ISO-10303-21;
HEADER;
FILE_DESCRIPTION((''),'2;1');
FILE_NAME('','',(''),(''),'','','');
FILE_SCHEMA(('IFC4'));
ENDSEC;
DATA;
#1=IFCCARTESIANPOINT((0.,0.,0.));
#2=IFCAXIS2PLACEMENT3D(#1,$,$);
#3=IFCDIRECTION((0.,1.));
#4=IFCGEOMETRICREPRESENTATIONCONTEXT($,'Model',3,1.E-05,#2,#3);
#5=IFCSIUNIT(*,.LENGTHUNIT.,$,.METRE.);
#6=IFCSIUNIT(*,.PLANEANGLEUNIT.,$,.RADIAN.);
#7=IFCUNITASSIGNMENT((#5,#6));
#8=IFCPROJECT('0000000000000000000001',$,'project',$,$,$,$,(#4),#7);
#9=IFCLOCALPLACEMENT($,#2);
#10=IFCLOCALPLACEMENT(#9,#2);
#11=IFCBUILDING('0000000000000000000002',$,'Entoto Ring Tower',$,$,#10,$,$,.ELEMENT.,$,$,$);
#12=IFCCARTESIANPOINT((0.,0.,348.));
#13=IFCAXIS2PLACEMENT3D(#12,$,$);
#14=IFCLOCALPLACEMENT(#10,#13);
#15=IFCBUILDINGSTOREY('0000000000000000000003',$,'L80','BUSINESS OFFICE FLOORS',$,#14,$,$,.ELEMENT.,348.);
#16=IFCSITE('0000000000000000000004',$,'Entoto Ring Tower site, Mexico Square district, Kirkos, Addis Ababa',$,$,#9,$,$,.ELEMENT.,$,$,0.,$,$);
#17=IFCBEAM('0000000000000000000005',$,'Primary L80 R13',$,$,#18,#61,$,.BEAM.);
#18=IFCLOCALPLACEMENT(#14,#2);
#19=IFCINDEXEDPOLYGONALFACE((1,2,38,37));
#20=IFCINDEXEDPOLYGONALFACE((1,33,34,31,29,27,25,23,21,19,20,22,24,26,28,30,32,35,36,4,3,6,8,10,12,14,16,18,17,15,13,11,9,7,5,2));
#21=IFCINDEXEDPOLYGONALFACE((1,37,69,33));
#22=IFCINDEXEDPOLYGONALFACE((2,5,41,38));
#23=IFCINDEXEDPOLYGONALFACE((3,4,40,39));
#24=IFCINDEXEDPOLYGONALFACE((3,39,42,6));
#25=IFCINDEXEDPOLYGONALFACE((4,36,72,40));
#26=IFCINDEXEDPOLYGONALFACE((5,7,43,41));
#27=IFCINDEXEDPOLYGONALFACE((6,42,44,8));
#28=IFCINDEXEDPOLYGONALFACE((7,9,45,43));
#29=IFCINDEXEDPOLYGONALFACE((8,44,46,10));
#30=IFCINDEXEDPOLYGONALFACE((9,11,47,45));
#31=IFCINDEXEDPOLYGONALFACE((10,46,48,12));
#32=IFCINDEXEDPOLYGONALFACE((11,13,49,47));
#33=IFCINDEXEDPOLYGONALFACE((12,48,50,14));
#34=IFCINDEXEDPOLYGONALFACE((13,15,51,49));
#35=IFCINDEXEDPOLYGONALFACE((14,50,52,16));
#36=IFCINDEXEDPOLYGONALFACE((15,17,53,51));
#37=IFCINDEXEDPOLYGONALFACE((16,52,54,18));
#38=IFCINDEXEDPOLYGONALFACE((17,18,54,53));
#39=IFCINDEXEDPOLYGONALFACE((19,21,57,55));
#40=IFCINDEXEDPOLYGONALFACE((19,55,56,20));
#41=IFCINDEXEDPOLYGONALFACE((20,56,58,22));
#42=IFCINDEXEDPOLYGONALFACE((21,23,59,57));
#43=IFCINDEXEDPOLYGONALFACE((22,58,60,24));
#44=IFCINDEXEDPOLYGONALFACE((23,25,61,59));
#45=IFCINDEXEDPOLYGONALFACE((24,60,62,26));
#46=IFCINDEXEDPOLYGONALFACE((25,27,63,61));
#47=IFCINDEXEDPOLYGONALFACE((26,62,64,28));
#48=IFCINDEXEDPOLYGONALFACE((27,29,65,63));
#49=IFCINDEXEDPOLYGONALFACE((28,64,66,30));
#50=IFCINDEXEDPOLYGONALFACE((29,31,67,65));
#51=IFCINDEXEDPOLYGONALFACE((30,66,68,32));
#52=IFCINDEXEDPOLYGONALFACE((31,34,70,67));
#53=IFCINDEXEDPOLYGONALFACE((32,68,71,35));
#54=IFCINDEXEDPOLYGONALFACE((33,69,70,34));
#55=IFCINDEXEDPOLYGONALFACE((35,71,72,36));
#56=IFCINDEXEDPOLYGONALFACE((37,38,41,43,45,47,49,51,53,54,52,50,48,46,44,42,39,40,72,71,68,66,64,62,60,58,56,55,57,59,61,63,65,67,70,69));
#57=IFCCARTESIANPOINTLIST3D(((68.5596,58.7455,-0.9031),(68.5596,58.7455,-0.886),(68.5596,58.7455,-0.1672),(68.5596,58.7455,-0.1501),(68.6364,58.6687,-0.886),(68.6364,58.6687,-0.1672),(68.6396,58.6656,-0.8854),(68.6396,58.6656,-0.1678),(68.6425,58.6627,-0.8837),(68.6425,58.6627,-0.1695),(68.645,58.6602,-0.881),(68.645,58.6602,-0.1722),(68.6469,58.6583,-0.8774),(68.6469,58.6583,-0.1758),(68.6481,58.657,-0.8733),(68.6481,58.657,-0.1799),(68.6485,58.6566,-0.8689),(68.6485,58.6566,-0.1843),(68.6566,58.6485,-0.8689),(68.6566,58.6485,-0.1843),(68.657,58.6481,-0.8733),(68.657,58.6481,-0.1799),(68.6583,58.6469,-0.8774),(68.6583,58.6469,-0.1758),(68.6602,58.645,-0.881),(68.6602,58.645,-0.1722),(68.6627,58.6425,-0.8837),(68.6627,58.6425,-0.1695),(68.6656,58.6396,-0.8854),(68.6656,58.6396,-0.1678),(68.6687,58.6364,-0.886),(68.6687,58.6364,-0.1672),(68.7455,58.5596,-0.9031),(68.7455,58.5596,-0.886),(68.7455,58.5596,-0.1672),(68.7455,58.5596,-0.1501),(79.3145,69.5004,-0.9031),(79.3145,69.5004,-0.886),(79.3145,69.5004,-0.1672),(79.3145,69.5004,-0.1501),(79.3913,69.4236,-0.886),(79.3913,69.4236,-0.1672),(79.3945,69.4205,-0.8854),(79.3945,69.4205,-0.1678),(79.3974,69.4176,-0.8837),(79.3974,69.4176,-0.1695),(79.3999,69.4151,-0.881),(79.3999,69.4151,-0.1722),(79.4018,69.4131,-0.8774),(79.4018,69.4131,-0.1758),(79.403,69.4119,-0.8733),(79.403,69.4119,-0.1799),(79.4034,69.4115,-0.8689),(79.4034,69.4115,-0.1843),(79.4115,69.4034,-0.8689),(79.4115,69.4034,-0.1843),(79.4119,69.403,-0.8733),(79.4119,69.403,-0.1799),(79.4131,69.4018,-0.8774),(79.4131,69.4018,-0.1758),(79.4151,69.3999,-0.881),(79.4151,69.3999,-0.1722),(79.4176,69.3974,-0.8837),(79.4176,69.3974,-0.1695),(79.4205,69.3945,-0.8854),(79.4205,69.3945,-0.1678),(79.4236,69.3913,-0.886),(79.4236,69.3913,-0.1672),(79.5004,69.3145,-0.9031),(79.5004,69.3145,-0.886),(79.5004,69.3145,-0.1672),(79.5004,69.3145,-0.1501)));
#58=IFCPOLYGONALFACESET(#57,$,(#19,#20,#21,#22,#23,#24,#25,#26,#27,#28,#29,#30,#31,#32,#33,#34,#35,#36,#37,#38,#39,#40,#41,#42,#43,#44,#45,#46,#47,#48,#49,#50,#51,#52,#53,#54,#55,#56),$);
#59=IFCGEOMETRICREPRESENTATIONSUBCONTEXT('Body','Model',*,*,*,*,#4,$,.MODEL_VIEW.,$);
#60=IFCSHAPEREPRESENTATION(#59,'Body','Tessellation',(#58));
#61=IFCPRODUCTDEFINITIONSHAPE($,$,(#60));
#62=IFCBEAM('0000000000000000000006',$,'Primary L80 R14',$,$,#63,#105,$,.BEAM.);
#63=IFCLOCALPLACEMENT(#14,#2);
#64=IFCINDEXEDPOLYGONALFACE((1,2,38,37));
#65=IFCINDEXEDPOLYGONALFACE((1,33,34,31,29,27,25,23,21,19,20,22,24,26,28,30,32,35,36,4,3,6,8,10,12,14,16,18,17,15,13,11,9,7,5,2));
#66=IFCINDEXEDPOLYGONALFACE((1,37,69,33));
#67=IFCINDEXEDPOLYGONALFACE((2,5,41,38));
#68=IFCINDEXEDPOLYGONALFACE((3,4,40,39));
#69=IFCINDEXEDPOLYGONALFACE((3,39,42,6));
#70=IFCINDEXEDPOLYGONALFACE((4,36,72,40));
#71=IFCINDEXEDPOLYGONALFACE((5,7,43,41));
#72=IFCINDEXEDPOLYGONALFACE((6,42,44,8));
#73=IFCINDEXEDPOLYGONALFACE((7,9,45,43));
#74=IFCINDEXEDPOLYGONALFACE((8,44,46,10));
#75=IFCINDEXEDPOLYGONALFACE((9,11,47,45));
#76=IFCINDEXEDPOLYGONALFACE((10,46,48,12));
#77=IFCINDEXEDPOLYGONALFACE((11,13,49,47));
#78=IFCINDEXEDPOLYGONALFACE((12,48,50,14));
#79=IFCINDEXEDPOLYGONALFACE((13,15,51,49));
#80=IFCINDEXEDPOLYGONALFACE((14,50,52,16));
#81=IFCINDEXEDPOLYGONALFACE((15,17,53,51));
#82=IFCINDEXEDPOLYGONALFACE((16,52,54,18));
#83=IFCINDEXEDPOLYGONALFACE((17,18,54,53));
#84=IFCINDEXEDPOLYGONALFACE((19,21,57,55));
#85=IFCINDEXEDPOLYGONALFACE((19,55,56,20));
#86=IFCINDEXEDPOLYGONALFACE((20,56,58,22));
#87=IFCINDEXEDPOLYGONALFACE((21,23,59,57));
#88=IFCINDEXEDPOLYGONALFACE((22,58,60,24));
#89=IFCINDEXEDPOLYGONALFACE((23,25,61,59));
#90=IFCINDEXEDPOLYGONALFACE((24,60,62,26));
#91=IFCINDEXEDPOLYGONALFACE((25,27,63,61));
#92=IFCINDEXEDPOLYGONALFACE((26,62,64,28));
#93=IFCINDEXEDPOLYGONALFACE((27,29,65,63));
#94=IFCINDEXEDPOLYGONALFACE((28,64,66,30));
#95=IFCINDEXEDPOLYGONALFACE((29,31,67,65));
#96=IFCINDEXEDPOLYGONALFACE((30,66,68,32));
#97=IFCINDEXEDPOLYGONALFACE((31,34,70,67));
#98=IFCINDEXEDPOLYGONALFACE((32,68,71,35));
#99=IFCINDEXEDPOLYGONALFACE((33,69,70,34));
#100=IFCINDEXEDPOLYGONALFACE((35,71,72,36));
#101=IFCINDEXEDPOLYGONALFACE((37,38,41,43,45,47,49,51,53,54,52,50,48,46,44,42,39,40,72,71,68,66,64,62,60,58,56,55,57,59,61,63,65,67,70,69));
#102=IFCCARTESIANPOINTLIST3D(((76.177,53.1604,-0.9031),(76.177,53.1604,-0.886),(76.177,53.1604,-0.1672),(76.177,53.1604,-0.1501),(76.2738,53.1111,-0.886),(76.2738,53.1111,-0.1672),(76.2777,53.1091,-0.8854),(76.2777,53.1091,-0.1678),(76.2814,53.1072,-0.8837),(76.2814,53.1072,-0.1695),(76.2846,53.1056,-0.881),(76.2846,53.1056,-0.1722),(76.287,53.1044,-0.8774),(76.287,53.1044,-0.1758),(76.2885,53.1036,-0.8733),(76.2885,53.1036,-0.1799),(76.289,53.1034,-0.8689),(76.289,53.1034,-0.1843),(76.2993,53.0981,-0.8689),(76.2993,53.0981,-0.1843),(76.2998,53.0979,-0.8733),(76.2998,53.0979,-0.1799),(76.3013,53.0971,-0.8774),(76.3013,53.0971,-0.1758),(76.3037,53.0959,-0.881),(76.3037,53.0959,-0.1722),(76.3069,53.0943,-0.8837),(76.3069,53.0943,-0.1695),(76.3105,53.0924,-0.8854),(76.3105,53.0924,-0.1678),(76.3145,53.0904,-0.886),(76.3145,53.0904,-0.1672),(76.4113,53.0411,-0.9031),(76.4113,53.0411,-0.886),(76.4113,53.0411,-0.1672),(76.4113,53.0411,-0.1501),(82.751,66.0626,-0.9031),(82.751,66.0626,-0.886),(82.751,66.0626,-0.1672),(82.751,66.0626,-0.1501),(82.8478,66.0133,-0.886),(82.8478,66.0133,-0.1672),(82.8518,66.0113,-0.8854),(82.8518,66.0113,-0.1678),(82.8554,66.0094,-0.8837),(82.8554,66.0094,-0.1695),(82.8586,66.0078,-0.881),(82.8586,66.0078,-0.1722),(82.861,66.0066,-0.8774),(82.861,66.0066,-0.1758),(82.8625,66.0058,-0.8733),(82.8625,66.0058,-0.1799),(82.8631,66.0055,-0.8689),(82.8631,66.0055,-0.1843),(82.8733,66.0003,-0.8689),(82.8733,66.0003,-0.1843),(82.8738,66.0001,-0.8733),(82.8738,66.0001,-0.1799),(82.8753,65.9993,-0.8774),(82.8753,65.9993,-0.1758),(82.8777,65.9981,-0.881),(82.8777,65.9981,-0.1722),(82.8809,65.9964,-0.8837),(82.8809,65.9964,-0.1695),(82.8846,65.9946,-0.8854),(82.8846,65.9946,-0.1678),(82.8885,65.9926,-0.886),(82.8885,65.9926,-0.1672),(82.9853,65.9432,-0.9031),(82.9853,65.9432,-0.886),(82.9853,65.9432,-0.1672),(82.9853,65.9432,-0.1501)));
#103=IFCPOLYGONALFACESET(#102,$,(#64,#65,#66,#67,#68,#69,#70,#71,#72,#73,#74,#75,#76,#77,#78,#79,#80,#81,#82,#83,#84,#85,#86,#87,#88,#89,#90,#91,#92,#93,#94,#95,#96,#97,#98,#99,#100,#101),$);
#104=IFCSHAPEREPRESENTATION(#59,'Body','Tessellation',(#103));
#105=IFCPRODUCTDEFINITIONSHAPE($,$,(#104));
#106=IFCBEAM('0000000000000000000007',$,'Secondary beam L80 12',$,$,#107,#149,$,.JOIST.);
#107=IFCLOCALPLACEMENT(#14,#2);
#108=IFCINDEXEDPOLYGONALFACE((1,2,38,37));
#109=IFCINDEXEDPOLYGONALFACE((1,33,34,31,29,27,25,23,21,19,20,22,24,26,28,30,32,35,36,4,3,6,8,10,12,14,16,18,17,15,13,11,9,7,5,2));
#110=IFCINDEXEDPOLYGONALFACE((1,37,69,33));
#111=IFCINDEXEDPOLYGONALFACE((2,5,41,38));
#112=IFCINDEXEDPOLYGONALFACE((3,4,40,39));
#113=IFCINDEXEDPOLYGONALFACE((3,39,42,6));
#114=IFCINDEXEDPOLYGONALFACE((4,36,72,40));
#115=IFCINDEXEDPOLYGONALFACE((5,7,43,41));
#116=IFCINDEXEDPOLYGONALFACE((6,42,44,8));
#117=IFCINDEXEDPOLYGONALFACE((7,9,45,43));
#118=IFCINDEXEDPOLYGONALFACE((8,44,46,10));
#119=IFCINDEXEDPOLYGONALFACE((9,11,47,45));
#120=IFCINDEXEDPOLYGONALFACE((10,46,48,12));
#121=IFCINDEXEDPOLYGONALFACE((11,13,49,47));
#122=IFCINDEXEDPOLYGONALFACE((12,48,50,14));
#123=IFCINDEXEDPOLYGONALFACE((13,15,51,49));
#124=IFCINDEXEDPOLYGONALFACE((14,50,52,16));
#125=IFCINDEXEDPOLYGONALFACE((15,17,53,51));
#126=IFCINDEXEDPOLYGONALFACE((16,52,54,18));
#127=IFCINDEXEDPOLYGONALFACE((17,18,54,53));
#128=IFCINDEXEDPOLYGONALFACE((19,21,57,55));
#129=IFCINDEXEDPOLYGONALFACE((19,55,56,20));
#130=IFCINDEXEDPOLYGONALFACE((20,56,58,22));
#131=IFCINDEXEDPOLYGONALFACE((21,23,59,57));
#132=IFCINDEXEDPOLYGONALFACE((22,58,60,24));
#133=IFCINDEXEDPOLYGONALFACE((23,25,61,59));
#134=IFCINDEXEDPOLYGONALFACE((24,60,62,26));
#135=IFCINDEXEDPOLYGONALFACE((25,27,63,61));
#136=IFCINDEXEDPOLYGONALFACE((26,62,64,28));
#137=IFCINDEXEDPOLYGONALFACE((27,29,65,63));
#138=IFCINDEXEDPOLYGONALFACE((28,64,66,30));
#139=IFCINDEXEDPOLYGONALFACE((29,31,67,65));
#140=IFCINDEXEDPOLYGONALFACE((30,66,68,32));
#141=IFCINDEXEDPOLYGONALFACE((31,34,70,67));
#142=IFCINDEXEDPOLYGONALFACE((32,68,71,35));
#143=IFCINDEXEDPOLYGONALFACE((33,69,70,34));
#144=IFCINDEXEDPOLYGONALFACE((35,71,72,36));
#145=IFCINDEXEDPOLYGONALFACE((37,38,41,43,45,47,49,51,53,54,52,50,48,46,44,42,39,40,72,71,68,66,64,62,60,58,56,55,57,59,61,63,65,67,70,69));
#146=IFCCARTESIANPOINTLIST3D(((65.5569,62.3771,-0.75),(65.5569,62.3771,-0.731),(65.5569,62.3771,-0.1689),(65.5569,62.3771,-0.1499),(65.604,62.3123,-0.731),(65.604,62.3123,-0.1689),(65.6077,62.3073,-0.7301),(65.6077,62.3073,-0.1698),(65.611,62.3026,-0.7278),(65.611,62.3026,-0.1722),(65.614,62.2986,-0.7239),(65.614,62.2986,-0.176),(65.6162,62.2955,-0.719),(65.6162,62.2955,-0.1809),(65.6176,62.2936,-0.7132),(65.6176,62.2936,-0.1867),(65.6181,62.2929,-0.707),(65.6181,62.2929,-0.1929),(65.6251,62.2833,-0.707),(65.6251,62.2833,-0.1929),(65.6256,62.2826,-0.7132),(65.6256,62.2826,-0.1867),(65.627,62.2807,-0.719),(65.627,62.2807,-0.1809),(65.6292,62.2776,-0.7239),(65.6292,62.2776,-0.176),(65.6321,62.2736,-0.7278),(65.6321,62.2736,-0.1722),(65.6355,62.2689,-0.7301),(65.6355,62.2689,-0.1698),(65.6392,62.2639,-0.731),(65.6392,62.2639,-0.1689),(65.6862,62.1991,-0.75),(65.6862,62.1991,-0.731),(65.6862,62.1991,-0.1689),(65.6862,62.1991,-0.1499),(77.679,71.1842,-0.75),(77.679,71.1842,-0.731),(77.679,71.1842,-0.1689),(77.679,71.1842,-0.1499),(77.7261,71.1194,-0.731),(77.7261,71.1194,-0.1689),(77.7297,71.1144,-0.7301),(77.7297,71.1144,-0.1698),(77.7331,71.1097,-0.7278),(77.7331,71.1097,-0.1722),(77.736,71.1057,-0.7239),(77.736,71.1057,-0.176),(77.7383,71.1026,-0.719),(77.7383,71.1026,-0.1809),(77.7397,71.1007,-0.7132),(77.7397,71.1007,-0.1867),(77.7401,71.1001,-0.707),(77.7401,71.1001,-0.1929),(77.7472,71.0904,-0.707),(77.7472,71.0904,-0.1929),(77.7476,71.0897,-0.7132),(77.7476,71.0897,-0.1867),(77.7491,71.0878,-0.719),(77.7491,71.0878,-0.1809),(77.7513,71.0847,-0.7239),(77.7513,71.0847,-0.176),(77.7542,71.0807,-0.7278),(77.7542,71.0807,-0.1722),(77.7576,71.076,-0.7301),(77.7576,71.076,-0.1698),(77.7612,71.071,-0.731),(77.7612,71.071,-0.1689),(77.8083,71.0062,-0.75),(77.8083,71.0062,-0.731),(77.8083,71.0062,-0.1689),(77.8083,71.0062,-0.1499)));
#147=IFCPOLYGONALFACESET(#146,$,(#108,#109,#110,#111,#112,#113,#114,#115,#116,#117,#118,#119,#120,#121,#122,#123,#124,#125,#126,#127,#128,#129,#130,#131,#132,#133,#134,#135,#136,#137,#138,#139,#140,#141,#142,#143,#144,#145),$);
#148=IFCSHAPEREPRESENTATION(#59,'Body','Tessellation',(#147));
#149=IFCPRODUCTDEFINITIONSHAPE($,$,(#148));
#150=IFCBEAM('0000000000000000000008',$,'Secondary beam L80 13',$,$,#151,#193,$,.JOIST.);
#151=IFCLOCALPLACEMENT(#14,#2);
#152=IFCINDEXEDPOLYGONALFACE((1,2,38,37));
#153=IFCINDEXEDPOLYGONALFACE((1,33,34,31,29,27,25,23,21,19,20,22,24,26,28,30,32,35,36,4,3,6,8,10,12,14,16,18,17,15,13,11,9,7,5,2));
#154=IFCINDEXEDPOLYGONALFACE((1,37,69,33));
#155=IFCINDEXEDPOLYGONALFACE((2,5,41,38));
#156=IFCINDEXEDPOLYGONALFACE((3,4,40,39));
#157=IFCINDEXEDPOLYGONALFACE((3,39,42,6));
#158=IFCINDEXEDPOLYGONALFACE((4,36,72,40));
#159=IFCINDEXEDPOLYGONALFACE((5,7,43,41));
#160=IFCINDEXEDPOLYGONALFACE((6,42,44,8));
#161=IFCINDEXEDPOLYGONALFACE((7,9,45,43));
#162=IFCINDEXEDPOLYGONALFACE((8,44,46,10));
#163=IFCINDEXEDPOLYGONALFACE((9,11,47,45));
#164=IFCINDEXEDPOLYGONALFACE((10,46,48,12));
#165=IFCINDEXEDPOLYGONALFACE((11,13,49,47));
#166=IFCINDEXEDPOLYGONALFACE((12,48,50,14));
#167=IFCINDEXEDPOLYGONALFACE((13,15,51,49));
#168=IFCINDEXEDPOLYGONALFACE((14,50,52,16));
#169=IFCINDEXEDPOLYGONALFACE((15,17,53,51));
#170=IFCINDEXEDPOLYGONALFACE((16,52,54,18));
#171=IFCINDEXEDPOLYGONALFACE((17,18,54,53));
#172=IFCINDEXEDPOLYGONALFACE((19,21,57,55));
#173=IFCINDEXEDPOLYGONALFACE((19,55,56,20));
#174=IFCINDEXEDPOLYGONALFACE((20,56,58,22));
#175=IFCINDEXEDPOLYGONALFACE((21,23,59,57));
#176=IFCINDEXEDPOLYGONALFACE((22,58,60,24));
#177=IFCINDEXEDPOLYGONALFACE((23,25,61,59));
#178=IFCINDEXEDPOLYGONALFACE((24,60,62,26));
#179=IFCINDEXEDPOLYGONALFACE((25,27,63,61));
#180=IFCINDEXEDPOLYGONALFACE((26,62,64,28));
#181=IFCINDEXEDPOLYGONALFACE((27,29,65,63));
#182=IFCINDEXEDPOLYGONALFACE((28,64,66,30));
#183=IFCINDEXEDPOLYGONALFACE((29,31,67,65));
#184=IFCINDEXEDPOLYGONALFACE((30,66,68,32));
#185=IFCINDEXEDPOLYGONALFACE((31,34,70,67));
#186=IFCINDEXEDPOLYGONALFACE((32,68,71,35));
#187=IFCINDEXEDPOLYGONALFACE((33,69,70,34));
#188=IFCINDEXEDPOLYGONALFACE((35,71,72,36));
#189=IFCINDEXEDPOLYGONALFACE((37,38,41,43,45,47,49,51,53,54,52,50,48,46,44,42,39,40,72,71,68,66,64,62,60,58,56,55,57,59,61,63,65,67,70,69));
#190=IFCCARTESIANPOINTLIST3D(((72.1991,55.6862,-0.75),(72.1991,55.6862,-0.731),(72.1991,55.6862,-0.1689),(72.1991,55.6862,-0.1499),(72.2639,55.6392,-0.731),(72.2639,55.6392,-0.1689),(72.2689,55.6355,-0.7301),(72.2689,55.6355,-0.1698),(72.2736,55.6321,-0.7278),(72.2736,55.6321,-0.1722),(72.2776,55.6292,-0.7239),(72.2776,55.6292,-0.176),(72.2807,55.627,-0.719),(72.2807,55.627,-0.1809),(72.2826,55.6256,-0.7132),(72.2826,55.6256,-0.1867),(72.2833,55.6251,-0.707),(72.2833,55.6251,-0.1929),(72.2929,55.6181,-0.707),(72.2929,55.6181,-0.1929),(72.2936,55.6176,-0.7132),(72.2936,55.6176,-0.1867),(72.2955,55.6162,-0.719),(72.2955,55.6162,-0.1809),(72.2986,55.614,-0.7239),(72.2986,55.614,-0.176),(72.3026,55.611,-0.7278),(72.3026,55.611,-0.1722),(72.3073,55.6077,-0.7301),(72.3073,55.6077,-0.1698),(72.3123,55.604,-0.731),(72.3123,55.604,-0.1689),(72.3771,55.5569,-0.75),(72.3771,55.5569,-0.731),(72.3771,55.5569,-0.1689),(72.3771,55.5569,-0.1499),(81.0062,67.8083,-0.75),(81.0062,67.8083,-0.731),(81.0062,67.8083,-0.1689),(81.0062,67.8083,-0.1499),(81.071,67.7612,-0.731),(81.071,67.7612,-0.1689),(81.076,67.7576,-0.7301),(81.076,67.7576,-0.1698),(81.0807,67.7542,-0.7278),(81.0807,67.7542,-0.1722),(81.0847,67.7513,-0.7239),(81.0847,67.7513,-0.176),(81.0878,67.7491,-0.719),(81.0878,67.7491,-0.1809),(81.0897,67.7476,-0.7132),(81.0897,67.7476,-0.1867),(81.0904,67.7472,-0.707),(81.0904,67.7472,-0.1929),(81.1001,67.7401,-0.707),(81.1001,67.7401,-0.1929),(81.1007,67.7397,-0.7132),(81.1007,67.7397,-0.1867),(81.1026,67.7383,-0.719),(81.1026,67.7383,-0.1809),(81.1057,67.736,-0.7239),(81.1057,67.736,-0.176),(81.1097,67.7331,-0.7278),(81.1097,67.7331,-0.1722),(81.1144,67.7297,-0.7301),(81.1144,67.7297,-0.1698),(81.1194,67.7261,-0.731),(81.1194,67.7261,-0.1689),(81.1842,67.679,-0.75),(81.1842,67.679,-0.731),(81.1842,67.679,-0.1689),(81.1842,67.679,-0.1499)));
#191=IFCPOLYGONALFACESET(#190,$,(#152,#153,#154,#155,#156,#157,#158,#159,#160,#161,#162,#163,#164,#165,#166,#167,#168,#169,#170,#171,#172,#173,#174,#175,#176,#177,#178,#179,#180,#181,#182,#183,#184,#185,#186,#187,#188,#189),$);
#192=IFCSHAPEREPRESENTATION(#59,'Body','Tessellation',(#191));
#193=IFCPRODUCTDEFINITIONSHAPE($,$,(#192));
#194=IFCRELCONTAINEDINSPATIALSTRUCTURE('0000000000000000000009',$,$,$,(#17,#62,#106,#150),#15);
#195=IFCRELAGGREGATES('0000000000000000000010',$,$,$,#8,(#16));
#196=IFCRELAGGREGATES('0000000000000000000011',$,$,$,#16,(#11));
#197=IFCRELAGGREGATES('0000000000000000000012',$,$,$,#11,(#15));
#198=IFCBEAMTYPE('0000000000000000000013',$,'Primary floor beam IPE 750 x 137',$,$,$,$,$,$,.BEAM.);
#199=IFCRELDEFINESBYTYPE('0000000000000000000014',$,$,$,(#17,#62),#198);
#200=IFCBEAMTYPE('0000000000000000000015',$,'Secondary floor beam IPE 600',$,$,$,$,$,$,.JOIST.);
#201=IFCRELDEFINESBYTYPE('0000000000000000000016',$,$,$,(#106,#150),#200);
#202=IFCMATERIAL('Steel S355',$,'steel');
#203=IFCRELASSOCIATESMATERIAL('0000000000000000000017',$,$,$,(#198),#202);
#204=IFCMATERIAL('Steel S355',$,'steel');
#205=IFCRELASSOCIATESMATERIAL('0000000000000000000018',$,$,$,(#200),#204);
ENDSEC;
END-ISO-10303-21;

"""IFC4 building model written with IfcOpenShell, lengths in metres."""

from ifc_helpers import new_model, si_unit, direction, frame, origin, origin_2d, place, context, subcontext, project, spatial, i_section, extrude, material, material_profile, profile_set, type_object, element, save


model = new_model("IFC4")

# Units and contexts
model_context = context("Model", 3, precision=1e-05, world=origin(), true_north=direction((0.0, 1.0)))
body_context = subcontext(model_context, "Body", "Model", "MODEL_VIEW")
ifc_project = project(units=[si_unit("LENGTHUNIT", "METRE"), si_unit("PLANEANGLEUNIT", "RADIAN")], contexts=[model_context])

# Site, building, storey
site_placement = place(None, origin())
site = spatial("IfcSite", under=ifc_project, at=site_placement, Name="Entoto Ring Tower site, Mexico Square district, Kirkos, Addis Ababa", CompositionType="ELEMENT", RefElevation=0.0)
building_placement = place(site_placement, origin())
building = spatial("IfcBuilding", under=site, at=building_placement, Name="Entoto Ring Tower", CompositionType="ELEMENT")
storey_placement = place(building_placement, frame((0.0, 0.0, 348.0)))
storey = spatial("IfcBuildingStorey", under=building, at=storey_placement, Name="L80", Description="BUSINESS OFFICE FLOORS", CompositionType="ELEMENT", Elevation=348.0)

# Beams
ifc_material_1 = material(Name="Steel S355", Category="steel")
ifc_material_profile_1 = material_profile(ifc_material_1, i_section(OverallWidth=0.2629, OverallDepth=0.7529, WebThickness=0.0115, FlangeThickness=0.0171, FilletRadius=0.0171, at=origin_2d()), Name="IPE 750 x 137")
ifc_profile_set_1 = profile_set([ifc_material_profile_1], Name="Steel S355")
beam_type_1 = type_object("IfcBeamType", Name="Primary floor beam IPE 750 x 137", PredefinedType="BEAM", material=ifc_profile_set_1)
beam_1_placement = place(storey_placement, frame((79.4075, 69.4075, -0.5266), z_axis=(-0.707107, -0.707107, 0.0), x_axis=(0.707107, -0.707107, 0.0)))
element("IfcBeam", 1, at=beam_1_placement, inside=storey, type_object=beam_type_1, Name="Primary L80 R13", PredefinedType="BEAM", context=body_context, shape_type="SweptSolid", body=[
    extrude(i_section(OverallWidth=0.2629, OverallDepth=0.7529, WebThickness=0.0115, FlangeThickness=0.0171, FilletRadius=0.0171, at=origin_2d()), origin(), (0.0, 0.0, 1.0), 15.2097),
])
beam_2_placement = place(storey_placement, frame((82.8682, 66.0029, -0.5266), z_axis=(-0.453992, -0.891006, 0.0), x_axis=(0.891006, -0.453992, 0.0)))
element("IfcBeam", 2, at=beam_2_placement, inside=storey, type_object=beam_type_1, Name="Primary L80 R14", PredefinedType="BEAM", context=body_context, shape_type="SweptSolid", body=[
    extrude(i_section(OverallWidth=0.2629, OverallDepth=0.7529, WebThickness=0.0115, FlangeThickness=0.0171, FilletRadius=0.0171, at=origin_2d()), origin(), (0.0, 0.0, 1.0), 14.4805),
])
ifc_material_2 = material(Name="Steel S355", Category="steel")
ifc_material_profile_2 = material_profile(ifc_material_2, i_section(OverallWidth=0.22, OverallDepth=0.6001, WebThickness=0.012, FlangeThickness=0.019, FilletRadius=0.0239, at=origin_2d()), Name="IPE 600")
ifc_profile_set_2 = profile_set([ifc_material_profile_2], Name="Steel S355")
beam_type_2 = type_object("IfcBeamType", Name="Secondary floor beam IPE 600", PredefinedType="JOIST", material=ifc_profile_set_2)
for number, where, z_axis, x_axis, name in (
    (3, (77.7437, 71.0952, -0.45), (-0.809019, -0.587782, 0.0), (0.587782, -0.809019, 0.0), "Secondary beam L80 12"),
    (4, (81.0952, 67.7437, -0.45), (-0.587782, -0.809019, 0.0), (0.809019, -0.587782, 0.0), "Secondary beam L80 13"),
):
    element("IfcBeam", number, at=place(storey_placement, frame(where, z_axis=z_axis, x_axis=x_axis)), inside=storey, type_object=beam_type_2, Name=name, PredefinedType="JOIST", context=body_context, shape_type="SweptSolid", body=[
        extrude(i_section(OverallWidth=0.22, OverallDepth=0.6001, WebThickness=0.012, FlangeThickness=0.019, FilletRadius=0.0239, at=origin_2d()), origin(), (0.0, 0.0, 1.0), 14.9836),
    ])

save(model, "model.ifc")
